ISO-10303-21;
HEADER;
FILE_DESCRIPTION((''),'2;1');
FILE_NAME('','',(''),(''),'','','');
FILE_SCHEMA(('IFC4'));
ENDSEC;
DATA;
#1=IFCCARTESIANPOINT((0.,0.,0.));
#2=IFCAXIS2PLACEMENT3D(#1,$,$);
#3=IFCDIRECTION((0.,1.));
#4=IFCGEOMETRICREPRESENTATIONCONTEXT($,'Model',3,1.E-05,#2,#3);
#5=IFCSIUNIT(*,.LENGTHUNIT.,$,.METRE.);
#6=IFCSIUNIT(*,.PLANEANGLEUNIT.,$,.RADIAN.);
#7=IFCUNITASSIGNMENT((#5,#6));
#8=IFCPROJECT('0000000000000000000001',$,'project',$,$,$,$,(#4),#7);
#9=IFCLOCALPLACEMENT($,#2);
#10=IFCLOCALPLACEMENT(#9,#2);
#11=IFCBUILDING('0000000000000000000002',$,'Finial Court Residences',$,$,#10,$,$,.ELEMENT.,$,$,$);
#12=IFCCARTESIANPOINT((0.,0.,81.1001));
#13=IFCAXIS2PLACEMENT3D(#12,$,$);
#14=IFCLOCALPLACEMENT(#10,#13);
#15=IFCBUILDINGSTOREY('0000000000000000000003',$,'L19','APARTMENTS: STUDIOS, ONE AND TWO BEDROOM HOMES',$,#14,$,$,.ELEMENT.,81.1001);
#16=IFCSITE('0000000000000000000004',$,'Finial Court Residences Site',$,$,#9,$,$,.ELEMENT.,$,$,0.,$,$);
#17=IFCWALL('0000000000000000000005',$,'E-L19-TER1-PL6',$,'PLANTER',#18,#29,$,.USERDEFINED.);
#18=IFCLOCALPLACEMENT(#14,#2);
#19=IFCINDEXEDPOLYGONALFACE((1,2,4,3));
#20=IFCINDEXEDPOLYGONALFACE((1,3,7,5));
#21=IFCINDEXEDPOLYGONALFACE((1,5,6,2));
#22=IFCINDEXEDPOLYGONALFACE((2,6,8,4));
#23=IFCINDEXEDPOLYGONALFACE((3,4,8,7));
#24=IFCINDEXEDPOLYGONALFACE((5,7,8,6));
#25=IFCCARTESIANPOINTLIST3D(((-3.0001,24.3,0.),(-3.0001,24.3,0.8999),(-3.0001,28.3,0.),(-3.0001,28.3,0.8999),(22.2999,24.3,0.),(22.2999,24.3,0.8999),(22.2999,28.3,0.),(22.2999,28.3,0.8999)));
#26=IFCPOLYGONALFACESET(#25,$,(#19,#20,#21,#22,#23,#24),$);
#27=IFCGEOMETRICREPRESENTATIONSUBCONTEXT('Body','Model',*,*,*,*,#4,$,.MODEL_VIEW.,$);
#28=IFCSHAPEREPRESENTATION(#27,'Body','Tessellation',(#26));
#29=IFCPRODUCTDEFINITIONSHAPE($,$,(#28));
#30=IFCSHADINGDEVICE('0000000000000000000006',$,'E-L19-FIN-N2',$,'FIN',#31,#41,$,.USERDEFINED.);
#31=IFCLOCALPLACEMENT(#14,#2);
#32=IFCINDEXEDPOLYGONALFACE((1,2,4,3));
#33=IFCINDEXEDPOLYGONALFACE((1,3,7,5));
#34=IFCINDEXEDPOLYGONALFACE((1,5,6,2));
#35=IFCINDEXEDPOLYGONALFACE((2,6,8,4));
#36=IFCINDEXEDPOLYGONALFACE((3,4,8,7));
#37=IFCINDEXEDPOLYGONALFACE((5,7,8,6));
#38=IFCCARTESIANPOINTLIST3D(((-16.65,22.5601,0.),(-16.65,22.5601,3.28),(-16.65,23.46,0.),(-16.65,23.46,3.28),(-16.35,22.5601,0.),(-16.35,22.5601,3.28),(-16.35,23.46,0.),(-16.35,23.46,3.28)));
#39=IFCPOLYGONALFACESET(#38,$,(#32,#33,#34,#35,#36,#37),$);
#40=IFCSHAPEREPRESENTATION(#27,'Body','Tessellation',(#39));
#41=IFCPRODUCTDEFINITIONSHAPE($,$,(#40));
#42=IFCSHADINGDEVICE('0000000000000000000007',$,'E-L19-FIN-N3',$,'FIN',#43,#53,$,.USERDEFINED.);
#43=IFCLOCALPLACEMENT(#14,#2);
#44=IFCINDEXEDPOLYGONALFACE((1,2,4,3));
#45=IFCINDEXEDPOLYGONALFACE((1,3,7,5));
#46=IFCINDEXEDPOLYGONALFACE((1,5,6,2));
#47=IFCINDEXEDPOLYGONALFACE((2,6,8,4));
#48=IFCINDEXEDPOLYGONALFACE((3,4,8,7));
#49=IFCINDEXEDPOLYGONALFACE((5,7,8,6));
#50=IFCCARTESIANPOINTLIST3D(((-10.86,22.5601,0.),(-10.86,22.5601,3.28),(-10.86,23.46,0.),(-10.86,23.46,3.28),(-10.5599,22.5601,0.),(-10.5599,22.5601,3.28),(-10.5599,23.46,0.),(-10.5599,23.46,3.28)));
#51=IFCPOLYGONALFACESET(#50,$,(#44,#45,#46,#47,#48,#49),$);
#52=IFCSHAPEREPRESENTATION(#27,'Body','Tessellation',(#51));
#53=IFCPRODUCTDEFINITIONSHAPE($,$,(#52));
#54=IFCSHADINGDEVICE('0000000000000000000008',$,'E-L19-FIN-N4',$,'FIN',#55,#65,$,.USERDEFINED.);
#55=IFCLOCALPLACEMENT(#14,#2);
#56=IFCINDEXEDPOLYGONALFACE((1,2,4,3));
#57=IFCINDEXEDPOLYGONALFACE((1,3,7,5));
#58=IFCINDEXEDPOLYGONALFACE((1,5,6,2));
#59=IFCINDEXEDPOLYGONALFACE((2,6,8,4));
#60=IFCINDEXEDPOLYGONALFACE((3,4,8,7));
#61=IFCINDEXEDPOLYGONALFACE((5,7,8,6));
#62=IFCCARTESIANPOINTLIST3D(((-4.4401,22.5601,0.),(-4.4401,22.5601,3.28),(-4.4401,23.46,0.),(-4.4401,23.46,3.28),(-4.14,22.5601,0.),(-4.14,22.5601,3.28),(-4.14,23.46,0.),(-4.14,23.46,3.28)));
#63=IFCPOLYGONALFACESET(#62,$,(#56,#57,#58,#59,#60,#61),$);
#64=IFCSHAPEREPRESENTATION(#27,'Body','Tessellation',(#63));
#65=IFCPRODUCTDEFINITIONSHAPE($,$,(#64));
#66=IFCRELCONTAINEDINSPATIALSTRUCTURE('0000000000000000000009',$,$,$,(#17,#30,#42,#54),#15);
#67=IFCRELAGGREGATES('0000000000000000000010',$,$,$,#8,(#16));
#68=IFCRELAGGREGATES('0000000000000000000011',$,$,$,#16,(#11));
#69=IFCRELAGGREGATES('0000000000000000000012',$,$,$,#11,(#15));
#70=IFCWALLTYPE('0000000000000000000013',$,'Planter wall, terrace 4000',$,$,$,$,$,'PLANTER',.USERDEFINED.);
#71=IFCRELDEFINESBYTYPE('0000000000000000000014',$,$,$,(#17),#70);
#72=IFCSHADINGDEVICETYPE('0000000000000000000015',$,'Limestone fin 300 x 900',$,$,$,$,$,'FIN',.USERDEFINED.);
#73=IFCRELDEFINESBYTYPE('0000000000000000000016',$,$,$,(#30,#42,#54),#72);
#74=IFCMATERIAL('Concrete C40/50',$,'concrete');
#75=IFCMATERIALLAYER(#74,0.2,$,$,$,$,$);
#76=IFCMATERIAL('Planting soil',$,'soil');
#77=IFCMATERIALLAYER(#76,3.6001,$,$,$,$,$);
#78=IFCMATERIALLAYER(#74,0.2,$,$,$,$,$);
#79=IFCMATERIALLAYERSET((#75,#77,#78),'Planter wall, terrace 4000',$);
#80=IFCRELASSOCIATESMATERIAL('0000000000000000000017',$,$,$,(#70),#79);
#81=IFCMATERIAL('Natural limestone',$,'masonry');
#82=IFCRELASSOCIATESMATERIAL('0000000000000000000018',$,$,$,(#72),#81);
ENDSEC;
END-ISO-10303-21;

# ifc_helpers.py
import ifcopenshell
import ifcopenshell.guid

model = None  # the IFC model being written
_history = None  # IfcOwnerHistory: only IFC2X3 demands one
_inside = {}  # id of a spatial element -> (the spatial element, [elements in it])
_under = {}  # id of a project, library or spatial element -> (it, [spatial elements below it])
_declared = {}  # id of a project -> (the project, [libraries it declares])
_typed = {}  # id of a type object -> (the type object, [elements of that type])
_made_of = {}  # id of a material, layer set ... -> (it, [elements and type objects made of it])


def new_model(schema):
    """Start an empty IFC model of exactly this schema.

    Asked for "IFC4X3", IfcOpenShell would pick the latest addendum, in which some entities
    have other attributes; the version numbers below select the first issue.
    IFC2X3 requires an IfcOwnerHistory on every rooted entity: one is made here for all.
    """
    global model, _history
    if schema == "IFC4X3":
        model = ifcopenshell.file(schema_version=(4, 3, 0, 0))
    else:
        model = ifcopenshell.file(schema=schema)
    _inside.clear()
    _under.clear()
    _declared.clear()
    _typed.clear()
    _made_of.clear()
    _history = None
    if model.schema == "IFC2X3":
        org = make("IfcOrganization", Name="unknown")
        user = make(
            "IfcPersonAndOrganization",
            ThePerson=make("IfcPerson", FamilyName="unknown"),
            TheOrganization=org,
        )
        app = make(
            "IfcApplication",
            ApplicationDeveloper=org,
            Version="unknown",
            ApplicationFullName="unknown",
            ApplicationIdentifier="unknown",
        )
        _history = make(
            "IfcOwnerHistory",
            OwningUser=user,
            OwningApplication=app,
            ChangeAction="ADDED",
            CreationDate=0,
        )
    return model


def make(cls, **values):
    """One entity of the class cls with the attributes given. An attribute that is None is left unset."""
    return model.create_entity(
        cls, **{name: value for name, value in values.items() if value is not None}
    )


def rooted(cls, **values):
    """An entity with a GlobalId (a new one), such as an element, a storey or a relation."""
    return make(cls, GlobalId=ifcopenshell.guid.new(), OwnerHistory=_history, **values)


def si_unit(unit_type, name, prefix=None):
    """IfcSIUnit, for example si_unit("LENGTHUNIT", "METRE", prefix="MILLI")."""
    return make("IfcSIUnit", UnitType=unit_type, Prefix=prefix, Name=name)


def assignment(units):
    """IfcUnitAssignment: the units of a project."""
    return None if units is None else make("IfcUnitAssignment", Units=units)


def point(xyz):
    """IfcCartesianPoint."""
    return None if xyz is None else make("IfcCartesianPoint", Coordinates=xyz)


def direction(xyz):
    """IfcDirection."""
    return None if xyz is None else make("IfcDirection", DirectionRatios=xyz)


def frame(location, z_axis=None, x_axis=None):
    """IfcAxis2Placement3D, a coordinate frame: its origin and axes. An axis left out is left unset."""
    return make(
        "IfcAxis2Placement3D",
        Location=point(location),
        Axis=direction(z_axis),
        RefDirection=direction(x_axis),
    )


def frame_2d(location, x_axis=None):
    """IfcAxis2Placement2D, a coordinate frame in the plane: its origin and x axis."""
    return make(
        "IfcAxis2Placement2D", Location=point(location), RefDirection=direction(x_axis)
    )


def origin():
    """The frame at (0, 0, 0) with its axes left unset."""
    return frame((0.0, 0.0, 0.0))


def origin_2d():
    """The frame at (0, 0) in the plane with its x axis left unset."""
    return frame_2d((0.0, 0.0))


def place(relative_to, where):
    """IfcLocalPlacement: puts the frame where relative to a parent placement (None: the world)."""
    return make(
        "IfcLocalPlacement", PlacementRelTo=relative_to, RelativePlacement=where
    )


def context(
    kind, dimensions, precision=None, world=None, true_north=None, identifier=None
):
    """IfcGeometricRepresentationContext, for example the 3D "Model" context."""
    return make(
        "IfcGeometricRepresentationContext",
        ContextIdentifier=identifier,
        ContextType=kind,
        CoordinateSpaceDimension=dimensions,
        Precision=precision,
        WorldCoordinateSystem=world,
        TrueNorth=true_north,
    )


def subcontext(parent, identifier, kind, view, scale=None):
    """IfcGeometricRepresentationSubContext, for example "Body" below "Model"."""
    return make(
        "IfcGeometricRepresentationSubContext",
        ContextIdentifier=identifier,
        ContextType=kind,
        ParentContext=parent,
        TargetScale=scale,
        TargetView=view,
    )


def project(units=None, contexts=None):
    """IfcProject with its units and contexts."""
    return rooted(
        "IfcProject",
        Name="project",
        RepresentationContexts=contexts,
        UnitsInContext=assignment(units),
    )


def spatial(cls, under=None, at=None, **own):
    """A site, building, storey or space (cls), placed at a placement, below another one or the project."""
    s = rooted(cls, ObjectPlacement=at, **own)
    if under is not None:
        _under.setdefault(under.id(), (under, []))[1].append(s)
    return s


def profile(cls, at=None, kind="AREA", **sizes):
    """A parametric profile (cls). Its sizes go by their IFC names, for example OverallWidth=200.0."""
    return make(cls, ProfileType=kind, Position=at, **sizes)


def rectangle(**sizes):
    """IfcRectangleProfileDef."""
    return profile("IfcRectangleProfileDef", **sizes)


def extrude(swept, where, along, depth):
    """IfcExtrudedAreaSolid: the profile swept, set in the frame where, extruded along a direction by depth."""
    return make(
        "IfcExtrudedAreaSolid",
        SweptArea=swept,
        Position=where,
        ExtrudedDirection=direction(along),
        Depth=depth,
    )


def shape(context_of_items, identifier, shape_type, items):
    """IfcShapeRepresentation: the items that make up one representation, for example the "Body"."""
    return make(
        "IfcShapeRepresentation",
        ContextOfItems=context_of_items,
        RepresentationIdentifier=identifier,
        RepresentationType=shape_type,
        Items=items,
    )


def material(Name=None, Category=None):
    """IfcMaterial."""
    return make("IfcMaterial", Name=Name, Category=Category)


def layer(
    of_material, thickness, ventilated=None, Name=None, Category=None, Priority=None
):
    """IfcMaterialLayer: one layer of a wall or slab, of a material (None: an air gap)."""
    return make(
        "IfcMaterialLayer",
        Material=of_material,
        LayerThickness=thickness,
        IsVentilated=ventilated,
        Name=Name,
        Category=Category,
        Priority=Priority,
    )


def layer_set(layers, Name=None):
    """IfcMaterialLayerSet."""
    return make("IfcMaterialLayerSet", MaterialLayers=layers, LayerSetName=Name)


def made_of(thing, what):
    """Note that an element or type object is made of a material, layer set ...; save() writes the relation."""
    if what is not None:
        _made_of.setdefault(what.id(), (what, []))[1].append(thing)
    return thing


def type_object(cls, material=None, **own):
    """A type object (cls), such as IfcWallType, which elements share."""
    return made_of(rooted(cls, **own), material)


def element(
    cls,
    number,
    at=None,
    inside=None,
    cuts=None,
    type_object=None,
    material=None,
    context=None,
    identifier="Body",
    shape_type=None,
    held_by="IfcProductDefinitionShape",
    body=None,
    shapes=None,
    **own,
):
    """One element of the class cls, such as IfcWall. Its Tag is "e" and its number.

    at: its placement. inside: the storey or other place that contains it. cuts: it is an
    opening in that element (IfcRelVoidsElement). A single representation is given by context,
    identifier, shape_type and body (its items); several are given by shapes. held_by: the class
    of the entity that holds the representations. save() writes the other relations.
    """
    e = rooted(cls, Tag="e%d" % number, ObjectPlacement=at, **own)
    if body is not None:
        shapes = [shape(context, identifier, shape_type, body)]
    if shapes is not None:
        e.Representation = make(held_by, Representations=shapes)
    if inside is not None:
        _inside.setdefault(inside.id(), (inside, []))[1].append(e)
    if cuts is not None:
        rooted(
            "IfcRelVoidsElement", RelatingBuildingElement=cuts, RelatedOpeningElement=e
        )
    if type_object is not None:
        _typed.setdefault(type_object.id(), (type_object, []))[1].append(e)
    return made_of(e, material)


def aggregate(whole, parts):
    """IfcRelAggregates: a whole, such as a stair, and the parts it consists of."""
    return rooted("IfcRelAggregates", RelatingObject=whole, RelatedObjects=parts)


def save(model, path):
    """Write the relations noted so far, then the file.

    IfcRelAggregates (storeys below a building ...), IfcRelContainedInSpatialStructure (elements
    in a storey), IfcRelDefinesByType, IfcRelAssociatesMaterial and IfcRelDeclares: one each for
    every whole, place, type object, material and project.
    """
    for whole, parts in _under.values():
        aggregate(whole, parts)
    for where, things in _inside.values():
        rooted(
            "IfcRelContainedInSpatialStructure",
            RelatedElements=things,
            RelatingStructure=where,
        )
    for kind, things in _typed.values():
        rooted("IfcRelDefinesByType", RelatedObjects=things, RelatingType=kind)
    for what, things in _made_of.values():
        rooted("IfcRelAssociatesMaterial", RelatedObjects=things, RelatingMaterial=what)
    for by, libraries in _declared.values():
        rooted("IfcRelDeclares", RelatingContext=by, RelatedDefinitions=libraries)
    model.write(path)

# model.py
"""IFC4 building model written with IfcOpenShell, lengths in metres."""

from ifc_helpers import new_model, si_unit, direction, frame, frame_2d, origin, origin_2d, place, context, subcontext, project, spatial, rectangle, extrude, material, layer, layer_set, type_object, element, save


model = new_model("IFC4")

# Units and contexts
model_context = context("Model", 3, precision=1e-05, world=origin(), true_north=direction((0.0, 1.0)))
body_context = subcontext(model_context, "Body", "Model", "MODEL_VIEW")
ifc_project = project(units=[si_unit("LENGTHUNIT", "METRE"), si_unit("PLANEANGLEUNIT", "RADIAN")], contexts=[model_context])

# Site, building, storey
site_placement = place(None, origin())
site = spatial("IfcSite", under=ifc_project, at=site_placement, Name="Finial Court Residences Site", CompositionType="ELEMENT", RefElevation=0.0)
building_placement = place(site_placement, origin())
building = spatial("IfcBuilding", under=site, at=building_placement, Name="Finial Court Residences", CompositionType="ELEMENT")
storey_placement = place(building_placement, frame((0.0, 0.0, 81.1001)))
storey = spatial("IfcBuildingStorey", under=building, at=storey_placement, Name="L19", Description="APARTMENTS: STUDIOS, ONE AND TWO BEDROOM HOMES", CompositionType="ELEMENT", Elevation=81.1001)

# Shared definitions
ifc_material_1 = material(Name="Natural limestone", Category="masonry")

# Wall
ifc_material_2 = material(Name="Concrete C40/50", Category="concrete")
ifc_material_3 = material(Name="Planting soil", Category="soil")
ifc_layer_1 = layer(ifc_material_2, 0.2)
ifc_layer_2 = layer(ifc_material_3, 3.6001)
ifc_layer_3 = layer(ifc_material_2, 0.2)
ifc_layer_set_1 = layer_set([ifc_layer_1, ifc_layer_2, ifc_layer_3], Name="Planter wall, terrace 4000")
wall_type_1 = type_object("IfcWallType", Name="Planter wall, terrace 4000", ElementType="PLANTER", PredefinedType="USERDEFINED", material=ifc_layer_set_1)
wall_1_placement = place(storey_placement, frame((-3.0, 26.3, 0.0), z_axis=(0.0, 0.0, 1.0), x_axis=(1.0, 0.0, 0.0)))
element("IfcWall", 1, at=wall_1_placement, inside=storey, type_object=wall_type_1, Name="E-L19-TER1-PL6", ObjectType="PLANTER", PredefinedType="USERDEFINED", context=body_context, shape_type="SweptSolid", body=[
    extrude(rectangle(XDim=25.3, YDim=4.0, at=frame_2d((12.6499, 0.0))), origin(), (0.0, 0.0, 1.0), 0.8999),
])

# Shading devices
shading_device_type = type_object("IfcShadingDeviceType", Name="Limestone fin 300 x 900", ElementType="FIN", PredefinedType="USERDEFINED", material=ifc_material_1)
for number, where, z_axis, x_axis, name in (
    (2, (-16.5, 23.01, 0.0), (0.0, 0.0, 1.0), (1.0, 0.0, 0.0), "E-L19-FIN-N2"),
    (3, (-10.71, 23.01, 0.0), (0.0, 0.0, 1.0), (1.0, 0.0, 0.0), "E-L19-FIN-N3"),
    (4, (-4.29, 23.01, 0.0), (0.0, 0.0, 1.0), (1.0, 0.0, 0.0), "E-L19-FIN-N4"),
):
    element("IfcShadingDevice", number, at=place(storey_placement, frame(where, z_axis=z_axis, x_axis=x_axis)), inside=storey, type_object=shading_device_type, Name=name, ObjectType="FIN", PredefinedType="USERDEFINED", context=body_context, shape_type="SweptSolid", body=[
        extrude(rectangle(XDim=0.3, YDim=0.8999, at=origin_2d()), origin(), (0.0, 0.0, 1.0), 3.28),
    ])

save(model, "model.ifc")
